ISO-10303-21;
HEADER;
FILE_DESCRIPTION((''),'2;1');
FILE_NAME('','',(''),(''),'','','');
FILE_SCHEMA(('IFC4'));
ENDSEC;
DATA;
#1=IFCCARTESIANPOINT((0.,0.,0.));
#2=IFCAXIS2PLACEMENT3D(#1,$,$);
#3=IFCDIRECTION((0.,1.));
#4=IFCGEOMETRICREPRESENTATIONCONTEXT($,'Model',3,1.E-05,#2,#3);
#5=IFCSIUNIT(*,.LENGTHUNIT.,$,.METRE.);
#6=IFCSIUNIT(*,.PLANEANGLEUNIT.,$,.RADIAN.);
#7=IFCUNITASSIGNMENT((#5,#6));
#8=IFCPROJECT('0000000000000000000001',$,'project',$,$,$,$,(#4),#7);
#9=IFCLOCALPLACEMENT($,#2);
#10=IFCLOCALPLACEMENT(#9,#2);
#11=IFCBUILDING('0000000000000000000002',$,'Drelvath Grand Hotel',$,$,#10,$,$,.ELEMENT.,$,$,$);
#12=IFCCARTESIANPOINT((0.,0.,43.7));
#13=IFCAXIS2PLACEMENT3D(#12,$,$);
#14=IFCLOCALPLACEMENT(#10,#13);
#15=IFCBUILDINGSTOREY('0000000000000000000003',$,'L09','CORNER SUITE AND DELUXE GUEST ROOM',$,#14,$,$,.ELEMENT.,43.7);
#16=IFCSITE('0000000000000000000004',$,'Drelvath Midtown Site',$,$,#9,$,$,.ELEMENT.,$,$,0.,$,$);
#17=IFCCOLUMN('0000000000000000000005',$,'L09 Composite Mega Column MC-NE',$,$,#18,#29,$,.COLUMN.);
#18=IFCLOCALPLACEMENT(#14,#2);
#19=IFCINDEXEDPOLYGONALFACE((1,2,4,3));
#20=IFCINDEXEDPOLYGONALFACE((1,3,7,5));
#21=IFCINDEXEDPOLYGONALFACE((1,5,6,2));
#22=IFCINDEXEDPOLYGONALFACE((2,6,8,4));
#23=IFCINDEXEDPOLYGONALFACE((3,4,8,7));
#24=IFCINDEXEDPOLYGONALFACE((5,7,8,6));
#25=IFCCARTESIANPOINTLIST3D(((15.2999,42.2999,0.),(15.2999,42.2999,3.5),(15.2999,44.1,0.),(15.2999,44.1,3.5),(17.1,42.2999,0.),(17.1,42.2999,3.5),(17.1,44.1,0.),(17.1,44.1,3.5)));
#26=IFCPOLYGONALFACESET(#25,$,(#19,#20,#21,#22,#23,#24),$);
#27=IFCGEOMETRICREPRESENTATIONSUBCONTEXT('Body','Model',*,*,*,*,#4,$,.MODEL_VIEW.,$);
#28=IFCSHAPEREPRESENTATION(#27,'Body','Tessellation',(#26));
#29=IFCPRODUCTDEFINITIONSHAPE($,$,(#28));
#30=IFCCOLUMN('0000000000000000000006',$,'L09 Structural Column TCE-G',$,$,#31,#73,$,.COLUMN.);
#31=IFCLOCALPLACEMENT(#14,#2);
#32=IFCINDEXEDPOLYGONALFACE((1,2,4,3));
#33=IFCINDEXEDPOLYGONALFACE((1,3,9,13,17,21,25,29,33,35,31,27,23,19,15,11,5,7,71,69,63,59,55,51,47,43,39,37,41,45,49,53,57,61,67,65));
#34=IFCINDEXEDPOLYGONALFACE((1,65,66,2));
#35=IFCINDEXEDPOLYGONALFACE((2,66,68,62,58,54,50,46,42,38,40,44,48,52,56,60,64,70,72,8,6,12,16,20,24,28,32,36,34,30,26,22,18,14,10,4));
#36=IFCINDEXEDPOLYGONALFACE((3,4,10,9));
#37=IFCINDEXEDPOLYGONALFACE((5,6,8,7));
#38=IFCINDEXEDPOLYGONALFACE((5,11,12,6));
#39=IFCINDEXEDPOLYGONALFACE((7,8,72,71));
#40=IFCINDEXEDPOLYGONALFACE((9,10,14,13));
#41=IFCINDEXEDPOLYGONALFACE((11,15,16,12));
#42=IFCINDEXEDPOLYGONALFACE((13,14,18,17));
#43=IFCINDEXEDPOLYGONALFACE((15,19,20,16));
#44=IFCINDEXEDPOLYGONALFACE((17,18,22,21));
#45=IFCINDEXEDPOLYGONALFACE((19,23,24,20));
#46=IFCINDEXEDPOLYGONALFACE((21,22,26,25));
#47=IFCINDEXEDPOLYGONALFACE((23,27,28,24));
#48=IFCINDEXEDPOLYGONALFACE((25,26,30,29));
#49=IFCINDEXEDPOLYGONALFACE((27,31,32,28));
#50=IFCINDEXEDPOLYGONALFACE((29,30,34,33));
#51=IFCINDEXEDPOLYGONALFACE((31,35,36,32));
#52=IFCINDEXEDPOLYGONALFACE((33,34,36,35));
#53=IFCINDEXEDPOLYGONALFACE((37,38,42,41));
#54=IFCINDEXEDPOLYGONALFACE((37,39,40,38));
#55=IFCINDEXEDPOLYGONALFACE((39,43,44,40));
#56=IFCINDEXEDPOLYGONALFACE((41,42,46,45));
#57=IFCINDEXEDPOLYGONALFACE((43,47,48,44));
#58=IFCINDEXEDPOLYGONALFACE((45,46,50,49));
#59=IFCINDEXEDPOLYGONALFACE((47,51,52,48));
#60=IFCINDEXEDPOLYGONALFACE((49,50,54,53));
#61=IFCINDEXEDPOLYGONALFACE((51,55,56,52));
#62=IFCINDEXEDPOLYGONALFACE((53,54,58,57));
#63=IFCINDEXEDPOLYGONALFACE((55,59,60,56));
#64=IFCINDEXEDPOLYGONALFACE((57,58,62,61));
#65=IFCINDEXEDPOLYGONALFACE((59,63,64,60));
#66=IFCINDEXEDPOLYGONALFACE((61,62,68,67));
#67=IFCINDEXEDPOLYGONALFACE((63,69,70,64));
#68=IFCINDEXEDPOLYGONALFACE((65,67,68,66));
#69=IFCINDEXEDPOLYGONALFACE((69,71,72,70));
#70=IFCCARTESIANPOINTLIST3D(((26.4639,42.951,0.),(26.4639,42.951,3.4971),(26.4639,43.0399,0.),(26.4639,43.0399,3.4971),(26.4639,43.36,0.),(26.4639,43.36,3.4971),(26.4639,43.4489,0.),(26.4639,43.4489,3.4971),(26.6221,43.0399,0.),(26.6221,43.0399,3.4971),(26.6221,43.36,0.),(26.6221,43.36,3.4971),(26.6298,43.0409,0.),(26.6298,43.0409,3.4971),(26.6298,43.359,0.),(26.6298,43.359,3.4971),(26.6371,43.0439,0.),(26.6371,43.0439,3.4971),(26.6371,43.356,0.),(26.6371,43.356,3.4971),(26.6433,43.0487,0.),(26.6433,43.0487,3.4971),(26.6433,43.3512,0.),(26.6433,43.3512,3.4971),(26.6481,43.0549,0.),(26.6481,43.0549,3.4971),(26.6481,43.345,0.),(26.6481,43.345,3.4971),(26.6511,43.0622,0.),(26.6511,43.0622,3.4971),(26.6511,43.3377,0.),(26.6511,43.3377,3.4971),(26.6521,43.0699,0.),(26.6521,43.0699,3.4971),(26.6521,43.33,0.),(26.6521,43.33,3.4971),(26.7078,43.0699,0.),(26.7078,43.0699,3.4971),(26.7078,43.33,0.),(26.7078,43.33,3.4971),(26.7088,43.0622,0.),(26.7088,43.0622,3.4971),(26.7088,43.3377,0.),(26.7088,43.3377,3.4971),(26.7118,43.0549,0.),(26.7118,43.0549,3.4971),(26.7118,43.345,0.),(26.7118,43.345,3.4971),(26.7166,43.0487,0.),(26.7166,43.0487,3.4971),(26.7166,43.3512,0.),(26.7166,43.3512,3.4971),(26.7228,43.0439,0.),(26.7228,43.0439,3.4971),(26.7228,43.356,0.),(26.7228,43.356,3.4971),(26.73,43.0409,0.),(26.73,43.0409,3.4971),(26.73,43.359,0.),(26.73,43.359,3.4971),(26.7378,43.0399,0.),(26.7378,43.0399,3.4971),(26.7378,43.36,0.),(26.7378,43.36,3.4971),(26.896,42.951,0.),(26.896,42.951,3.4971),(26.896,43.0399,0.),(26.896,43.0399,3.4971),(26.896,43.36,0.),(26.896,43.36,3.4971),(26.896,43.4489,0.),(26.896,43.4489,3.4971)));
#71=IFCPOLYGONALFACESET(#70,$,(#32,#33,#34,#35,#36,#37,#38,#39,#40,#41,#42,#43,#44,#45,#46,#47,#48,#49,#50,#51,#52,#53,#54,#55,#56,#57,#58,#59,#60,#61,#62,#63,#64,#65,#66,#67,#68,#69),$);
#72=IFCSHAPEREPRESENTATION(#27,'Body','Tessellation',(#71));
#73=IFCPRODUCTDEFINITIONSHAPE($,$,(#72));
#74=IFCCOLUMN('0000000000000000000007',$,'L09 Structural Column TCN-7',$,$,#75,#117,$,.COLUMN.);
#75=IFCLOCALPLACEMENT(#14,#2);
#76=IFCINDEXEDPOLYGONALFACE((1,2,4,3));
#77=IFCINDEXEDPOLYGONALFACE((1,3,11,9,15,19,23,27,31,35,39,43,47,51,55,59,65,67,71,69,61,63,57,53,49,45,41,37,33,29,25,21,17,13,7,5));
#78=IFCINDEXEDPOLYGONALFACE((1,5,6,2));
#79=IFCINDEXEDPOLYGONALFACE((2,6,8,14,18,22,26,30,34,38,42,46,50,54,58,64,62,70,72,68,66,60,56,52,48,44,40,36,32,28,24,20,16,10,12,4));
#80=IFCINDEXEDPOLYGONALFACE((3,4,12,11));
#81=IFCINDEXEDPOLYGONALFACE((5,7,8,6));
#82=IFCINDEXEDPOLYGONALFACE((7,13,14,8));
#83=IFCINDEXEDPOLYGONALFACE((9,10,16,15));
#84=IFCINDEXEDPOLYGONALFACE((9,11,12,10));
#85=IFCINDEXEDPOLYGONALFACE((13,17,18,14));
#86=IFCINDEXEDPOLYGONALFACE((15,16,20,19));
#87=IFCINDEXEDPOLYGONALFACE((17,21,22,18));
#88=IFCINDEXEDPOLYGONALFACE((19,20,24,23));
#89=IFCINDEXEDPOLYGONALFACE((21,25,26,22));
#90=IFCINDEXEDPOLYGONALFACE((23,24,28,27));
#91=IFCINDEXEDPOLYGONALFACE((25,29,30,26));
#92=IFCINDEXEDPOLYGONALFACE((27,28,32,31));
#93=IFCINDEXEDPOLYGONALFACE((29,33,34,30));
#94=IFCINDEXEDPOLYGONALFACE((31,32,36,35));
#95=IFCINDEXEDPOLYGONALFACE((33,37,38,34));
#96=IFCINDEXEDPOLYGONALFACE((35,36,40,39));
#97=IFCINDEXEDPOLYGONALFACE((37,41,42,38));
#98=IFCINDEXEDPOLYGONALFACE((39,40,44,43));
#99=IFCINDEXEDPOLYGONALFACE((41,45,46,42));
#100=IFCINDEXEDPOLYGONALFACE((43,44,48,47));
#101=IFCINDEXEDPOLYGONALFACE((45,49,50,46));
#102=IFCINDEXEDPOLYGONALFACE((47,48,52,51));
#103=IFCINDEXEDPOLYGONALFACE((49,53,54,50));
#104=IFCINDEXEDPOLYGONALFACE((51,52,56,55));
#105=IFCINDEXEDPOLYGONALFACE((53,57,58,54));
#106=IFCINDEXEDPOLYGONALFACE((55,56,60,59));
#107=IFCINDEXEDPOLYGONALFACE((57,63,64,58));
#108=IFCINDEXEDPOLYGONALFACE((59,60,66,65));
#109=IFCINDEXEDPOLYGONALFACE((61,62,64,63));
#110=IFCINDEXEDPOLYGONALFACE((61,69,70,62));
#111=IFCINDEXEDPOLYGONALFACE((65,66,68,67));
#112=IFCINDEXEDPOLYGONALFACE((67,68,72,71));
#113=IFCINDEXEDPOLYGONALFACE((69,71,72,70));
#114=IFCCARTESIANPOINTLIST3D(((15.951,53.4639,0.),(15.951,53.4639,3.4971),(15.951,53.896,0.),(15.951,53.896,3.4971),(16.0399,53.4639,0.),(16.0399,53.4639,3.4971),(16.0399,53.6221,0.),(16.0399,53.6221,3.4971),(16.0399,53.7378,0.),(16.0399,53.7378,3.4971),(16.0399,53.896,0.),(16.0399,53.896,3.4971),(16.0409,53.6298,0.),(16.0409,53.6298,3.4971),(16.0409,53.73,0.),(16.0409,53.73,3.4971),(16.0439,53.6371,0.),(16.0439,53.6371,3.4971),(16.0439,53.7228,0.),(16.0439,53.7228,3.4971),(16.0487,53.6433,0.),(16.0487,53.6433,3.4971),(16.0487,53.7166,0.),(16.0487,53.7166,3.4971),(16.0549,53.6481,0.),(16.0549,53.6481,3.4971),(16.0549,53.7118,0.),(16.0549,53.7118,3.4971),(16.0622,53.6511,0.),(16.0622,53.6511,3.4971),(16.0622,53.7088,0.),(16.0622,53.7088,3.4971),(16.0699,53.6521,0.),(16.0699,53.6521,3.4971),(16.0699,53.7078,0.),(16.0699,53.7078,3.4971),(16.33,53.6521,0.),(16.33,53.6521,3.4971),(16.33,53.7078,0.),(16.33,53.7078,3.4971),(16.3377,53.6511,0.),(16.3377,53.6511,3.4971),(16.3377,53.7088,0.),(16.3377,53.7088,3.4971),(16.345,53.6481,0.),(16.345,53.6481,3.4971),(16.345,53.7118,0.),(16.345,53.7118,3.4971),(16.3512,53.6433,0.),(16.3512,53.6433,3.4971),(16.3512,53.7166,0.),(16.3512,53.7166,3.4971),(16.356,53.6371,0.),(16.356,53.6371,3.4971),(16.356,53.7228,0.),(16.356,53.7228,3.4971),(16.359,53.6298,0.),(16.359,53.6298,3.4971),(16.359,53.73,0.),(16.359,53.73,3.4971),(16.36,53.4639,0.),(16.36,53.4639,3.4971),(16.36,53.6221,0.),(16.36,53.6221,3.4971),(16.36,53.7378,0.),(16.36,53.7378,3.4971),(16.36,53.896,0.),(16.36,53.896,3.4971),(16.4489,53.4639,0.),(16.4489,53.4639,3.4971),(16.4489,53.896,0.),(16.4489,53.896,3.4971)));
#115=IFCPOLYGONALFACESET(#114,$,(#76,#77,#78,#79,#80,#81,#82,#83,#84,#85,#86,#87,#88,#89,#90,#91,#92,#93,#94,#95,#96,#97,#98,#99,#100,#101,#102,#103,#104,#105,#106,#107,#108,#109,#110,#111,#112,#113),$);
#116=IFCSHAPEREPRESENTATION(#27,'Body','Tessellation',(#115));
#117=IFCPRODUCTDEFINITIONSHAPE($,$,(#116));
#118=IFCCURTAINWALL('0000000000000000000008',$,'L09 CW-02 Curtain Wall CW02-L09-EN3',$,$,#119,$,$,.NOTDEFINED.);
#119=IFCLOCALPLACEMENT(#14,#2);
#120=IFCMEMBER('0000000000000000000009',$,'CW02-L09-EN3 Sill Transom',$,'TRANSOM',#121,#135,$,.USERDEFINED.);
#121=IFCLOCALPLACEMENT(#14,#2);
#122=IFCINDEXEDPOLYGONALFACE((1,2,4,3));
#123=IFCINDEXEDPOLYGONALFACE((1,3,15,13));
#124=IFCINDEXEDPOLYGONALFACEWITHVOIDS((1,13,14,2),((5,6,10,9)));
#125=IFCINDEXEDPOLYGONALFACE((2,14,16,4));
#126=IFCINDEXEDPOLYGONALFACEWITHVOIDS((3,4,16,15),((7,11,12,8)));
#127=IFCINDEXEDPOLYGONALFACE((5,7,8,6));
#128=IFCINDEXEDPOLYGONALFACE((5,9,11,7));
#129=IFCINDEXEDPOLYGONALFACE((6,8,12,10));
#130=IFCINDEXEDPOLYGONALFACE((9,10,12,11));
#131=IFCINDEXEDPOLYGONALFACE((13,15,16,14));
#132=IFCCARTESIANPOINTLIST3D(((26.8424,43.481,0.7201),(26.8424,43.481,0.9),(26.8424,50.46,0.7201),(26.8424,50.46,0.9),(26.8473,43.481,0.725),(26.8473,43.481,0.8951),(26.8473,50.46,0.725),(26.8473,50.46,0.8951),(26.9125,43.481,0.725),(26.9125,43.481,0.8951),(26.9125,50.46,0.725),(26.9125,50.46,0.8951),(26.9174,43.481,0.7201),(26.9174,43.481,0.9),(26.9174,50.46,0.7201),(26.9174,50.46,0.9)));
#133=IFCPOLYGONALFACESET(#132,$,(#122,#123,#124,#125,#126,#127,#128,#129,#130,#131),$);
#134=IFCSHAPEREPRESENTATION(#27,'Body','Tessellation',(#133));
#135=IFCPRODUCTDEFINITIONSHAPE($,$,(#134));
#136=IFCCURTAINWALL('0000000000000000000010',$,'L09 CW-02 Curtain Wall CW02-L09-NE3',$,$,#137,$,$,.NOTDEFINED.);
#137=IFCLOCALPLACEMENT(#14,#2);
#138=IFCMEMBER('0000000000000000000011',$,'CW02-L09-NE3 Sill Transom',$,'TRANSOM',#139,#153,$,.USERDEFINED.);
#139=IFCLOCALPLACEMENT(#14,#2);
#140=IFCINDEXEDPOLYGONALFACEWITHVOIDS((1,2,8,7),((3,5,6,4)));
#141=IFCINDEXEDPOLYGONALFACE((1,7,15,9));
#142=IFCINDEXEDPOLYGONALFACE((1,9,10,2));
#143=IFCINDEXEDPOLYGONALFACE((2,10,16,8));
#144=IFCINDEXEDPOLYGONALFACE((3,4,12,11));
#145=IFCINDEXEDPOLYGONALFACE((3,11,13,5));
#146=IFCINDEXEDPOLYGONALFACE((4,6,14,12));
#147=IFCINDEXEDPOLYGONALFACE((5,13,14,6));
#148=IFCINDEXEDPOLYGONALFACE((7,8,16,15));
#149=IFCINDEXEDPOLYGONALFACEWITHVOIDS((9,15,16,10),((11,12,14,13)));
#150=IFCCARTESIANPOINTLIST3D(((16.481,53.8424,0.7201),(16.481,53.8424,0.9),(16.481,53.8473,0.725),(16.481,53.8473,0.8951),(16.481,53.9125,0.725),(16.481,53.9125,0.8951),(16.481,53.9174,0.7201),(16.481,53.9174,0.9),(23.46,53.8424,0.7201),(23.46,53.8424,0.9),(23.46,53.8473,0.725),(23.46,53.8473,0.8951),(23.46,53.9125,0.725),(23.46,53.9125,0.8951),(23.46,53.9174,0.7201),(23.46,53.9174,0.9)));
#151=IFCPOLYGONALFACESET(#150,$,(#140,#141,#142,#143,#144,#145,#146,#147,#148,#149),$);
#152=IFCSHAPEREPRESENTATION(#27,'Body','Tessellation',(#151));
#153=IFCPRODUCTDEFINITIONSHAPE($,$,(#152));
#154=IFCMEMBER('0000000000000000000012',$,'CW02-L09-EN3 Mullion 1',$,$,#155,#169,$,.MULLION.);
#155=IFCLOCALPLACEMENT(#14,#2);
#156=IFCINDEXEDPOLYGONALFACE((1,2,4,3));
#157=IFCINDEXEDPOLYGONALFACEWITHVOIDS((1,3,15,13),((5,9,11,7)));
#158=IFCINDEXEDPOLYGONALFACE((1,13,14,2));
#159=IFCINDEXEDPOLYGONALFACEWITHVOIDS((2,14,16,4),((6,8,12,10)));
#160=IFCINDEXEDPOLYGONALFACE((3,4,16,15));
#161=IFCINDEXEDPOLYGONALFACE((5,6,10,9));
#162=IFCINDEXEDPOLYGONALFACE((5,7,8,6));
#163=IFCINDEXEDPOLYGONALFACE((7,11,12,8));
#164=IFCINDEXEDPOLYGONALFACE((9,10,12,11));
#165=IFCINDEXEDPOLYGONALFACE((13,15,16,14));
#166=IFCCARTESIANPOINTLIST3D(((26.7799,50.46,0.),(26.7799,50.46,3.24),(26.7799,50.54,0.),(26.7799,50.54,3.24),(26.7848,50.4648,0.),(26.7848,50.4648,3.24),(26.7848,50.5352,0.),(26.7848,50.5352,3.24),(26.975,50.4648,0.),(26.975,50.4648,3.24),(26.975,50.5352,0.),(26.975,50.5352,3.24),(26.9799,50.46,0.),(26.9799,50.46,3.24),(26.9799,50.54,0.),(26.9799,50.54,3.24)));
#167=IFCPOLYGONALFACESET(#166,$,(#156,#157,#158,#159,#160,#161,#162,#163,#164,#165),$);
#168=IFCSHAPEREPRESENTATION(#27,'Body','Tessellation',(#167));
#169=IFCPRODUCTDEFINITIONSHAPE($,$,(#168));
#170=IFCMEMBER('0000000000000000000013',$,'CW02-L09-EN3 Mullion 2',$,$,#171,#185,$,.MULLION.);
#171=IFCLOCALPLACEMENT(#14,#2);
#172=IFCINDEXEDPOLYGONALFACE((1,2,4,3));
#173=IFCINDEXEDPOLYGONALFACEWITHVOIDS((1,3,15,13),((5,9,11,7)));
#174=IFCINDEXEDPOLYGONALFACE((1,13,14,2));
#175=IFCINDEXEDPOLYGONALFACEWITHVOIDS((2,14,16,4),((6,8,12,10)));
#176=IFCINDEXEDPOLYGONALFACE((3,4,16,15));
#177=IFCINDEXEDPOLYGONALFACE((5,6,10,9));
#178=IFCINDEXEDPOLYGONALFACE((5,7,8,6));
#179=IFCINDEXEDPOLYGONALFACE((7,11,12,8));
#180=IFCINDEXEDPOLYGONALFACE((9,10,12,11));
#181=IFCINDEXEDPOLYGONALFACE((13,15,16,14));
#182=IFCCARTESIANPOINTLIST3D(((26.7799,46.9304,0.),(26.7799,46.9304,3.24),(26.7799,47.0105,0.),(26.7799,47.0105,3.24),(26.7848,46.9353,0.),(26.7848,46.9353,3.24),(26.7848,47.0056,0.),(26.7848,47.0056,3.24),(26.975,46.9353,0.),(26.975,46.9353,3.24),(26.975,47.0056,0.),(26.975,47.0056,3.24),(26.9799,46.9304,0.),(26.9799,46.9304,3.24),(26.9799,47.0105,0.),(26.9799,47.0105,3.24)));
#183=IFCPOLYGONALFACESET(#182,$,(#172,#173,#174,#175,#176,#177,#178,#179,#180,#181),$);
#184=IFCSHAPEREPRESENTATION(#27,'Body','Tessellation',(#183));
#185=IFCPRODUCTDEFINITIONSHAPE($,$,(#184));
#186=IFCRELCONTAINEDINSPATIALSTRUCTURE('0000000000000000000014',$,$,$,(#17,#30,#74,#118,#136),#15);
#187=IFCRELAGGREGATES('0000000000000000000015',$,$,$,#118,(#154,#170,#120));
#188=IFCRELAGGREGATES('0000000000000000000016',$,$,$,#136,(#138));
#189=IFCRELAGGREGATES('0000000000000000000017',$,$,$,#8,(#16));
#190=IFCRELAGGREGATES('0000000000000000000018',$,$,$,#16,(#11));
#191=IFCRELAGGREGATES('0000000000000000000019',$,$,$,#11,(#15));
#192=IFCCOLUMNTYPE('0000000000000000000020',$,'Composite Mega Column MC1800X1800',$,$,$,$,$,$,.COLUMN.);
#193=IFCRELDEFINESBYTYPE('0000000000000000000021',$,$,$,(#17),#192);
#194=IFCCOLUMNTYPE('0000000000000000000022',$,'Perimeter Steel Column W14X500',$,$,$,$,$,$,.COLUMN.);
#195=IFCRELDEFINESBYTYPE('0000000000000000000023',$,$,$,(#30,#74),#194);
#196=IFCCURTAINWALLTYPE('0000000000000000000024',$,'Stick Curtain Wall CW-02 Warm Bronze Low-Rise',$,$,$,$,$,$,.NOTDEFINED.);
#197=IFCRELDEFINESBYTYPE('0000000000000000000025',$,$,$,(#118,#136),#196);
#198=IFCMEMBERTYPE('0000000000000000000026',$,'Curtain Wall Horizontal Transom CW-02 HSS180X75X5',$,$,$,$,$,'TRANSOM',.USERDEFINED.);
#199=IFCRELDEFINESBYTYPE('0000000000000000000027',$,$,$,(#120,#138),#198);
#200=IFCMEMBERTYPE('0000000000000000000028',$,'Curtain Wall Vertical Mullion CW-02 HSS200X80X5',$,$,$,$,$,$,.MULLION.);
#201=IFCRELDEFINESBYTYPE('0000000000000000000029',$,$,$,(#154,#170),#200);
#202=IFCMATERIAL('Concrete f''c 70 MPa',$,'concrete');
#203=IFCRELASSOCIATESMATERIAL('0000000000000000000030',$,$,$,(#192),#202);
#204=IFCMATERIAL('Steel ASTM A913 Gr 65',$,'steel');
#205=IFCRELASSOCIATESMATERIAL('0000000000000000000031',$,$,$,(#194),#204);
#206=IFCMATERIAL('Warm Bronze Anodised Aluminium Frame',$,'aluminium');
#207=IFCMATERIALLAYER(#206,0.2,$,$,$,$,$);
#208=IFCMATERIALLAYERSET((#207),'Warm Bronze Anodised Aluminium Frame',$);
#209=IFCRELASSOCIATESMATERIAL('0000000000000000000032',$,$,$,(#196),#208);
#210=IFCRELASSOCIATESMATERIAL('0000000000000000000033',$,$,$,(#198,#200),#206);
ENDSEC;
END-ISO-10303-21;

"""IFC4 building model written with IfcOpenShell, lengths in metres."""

from ifc_helpers import new_model, si_unit, direction, frame, origin, origin_2d, place, context, subcontext, project, spatial, rectangle, hollow_rectangle, i_section, extrude, material, layer, layer_set, material_profile, profile_set, type_object, element, aggregate, save


model = new_model("IFC4")

# Units and contexts
model_context = context("Model", 3, precision=1e-05, world=origin(), true_north=direction((0.0, 1.0)))
body_context = subcontext(model_context, "Body", "Model", "MODEL_VIEW")
ifc_project = project(units=[si_unit("LENGTHUNIT", "METRE"), si_unit("PLANEANGLEUNIT", "RADIAN")], contexts=[model_context])

# Site, building, storey
site_placement = place(None, origin())
site = spatial("IfcSite", under=ifc_project, at=site_placement, Name="Drelvath Midtown Site", CompositionType="ELEMENT", RefElevation=0.0)
building_placement = place(site_placement, origin())
building = spatial("IfcBuilding", under=site, at=building_placement, Name="Drelvath Grand Hotel", CompositionType="ELEMENT")
storey_placement = place(building_placement, frame((0.0, 0.0, 43.7)))
storey = spatial("IfcBuildingStorey", under=building, at=storey_placement, Name="L09", Description="CORNER SUITE AND DELUXE GUEST ROOM", CompositionType="ELEMENT", Elevation=43.7)

# Columns
ifc_material_1 = material(Name="Concrete f'c 70 MPa", Category="concrete")
ifc_material_profile_1 = material_profile(ifc_material_1, rectangle(XDim=1.8, YDim=1.8, at=origin_2d()), Name="MC1800X1800")
ifc_profile_set_1 = profile_set([ifc_material_profile_1], Name="Concrete f'c 70 MPa")
column_type_1 = type_object("IfcColumnType", Name="Composite Mega Column MC1800X1800", PredefinedType="COLUMN", material=ifc_profile_set_1)
column_placement = place(storey_placement, frame((16.2, 43.2, 0.0), z_axis=(0.0, 0.0, 1.0), x_axis=(1.0, 0.0, 0.0)))
element("IfcColumn", 1, at=column_placement, inside=storey, type_object=column_type_1, Name="L09 Composite Mega Column MC-NE", PredefinedType="COLUMN", context=body_context, shape_type="SweptSolid", body=[
    extrude(rectangle(XDim=1.8, YDim=1.8, at=origin_2d()), origin(), (0.0, 0.0, 1.0), 3.5),
])
ifc_material_2 = material(Name="Steel ASTM A913 Gr 65", Category="steel")
ifc_material_profile_2 = material_profile(ifc_material_2, i_section(OverallWidth=0.4321, OverallDepth=0.4978, WebThickness=0.0557, FlangeThickness=0.0889, FilletRadius=0.03, at=origin_2d()), Name="W14X500")
ifc_profile_set_2 = profile_set([ifc_material_profile_2], Name="Steel ASTM A913 Gr 65")
column_type_2 = type_object("IfcColumnType", Name="Perimeter Steel Column W14X500", PredefinedType="COLUMN", material=ifc_profile_set_2)
for number, where, z_axis, x_axis, name in (
    (2, (26.6799, 43.2, 0.0), (0.0, 0.0, 1.0), (1.0, 0.0, 0.0), "L09 Structural Column TCE-G"),
    (3, (16.2, 53.6799, 0.0), (0.0, 0.0, 1.0), (0.0, 1.0, 0.0), "L09 Structural Column TCN-7"),
):
    element("IfcColumn", number, at=place(storey_placement, frame(where, z_axis=z_axis, x_axis=x_axis)), inside=storey, type_object=column_type_2, Name=name, PredefinedType="COLUMN", context=body_context, shape_type="SweptSolid", body=[
        extrude(i_section(OverallWidth=0.4321, OverallDepth=0.4978, WebThickness=0.0557, FlangeThickness=0.0889, FilletRadius=0.03, at=origin_2d()), origin(), (0.0, 0.0, 1.0), 3.4971),
    ])

# Curtain walls, members
ifc_material_3 = material(Name="Warm Bronze Anodised Aluminium Frame", Category="aluminium")
ifc_layer_1 = layer(ifc_material_3, 0.2)
ifc_layer_set_1 = layer_set([ifc_layer_1], Name="Warm Bronze Anodised Aluminium Frame")
curtain_wall_type = type_object("IfcCurtainWallType", Name="Stick Curtain Wall CW-02 Warm Bronze Low-Rise", PredefinedType="NOTDEFINED", material=ifc_layer_set_1)
curtain_wall_1_placement = place(storey_placement, origin())
curtain_wall_1 = element("IfcCurtainWall", 4, at=curtain_wall_1_placement, inside=storey, type_object=curtain_wall_type, Name="L09 CW-02 Curtain Wall CW02-L09-EN3", PredefinedType="NOTDEFINED")
ifc_material_profile_3 = material_profile(ifc_material_3, hollow_rectangle(XDim=0.075, YDim=0.1799, WallThickness=0.0049, at=origin_2d()), Name="HSS180X75X5")
ifc_profile_set_3 = profile_set([ifc_material_profile_3], Name="Warm Bronze Anodised Aluminium Frame")
member_type_1 = type_object("IfcMemberType", Name="Curtain Wall Horizontal Transom CW-02 HSS180X75X5", ElementType="TRANSOM", PredefinedType="USERDEFINED", material=ifc_profile_set_3)
member_1_placement = place(storey_placement, frame((26.8799, 50.46, 0.8101), z_axis=(0.0, -1.0, 0.0), x_axis=(1.0, 0.0, 0.0)))
member_1 = element("IfcMember", 5, at=member_1_placement, type_object=member_type_1, Name="CW02-L09-EN3 Sill Transom", ObjectType="TRANSOM", PredefinedType="USERDEFINED", context=body_context, shape_type="SweptSolid", body=[
    extrude(hollow_rectangle(XDim=0.075, YDim=0.1799, WallThickness=0.0049, at=origin_2d()), origin(), (0.0, 0.0, 1.0), 6.979),
])
curtain_wall_2_placement = place(storey_placement, origin())
curtain_wall_2 = element("IfcCurtainWall", 6, at=curtain_wall_2_placement, inside=storey, type_object=curtain_wall_type, Name="L09 CW-02 Curtain Wall CW02-L09-NE3", PredefinedType="NOTDEFINED")
member_2_placement = place(storey_placement, frame((16.481, 53.8799, 0.8101), z_axis=(1.0, 0.0, 0.0), x_axis=(0.0, 1.0, 0.0)))
member_2 = element("IfcMember", 7, at=member_2_placement, type_object=member_type_1, Name="CW02-L09-NE3 Sill Transom", ObjectType="TRANSOM", PredefinedType="USERDEFINED", context=body_context, shape_type="SweptSolid", body=[
    extrude(hollow_rectangle(XDim=0.075, YDim=0.1799, WallThickness=0.0049, at=origin_2d()), origin(), (0.0, 0.0, 1.0), 6.979),
])

# Members
ifc_material_profile_4 = material_profile(ifc_material_3, hollow_rectangle(XDim=0.0801, YDim=0.2, WallThickness=0.0049, at=origin_2d()), Name="HSS200X80X5")
ifc_profile_set_4 = profile_set([ifc_material_profile_4], Name="Warm Bronze Anodised Aluminium Frame")
member_type_2 = type_object("IfcMemberType", Name="Curtain Wall Vertical Mullion CW-02 HSS200X80X5", PredefinedType="MULLION", material=ifc_profile_set_4)
member_3_placement = place(storey_placement, frame((26.8799, 50.5, 0.0), z_axis=(0.0, 0.0, 1.0), x_axis=(0.0, 1.0, 0.0)))
member_3 = element("IfcMember", 8, at=member_3_placement, type_object=member_type_2, Name="CW02-L09-EN3 Mullion 1", PredefinedType="MULLION", context=body_context, shape_type="SweptSolid", body=[
    extrude(hollow_rectangle(XDim=0.0801, YDim=0.2, WallThickness=0.0049, at=origin_2d()), origin(), (0.0, 0.0, 1.0), 3.24),
])
member_4_placement = place(storey_placement, frame((26.8799, 46.9705, 0.0), z_axis=(0.0, 0.0, 1.0), x_axis=(0.0, 1.0, 0.0)))
member_4 = element("IfcMember", 9, at=member_4_placement, type_object=member_type_2, Name="CW02-L09-EN3 Mullion 2", PredefinedType="MULLION", context=body_context, shape_type="SweptSolid", body=[
    extrude(hollow_rectangle(XDim=0.0801, YDim=0.2, WallThickness=0.0049, at=origin_2d()), origin(), (0.0, 0.0, 1.0), 3.24),
])

aggregate(curtain_wall_1, [member_3, member_4, member_1])
aggregate(curtain_wall_2, [member_2])

save(model, "model.ifc")
